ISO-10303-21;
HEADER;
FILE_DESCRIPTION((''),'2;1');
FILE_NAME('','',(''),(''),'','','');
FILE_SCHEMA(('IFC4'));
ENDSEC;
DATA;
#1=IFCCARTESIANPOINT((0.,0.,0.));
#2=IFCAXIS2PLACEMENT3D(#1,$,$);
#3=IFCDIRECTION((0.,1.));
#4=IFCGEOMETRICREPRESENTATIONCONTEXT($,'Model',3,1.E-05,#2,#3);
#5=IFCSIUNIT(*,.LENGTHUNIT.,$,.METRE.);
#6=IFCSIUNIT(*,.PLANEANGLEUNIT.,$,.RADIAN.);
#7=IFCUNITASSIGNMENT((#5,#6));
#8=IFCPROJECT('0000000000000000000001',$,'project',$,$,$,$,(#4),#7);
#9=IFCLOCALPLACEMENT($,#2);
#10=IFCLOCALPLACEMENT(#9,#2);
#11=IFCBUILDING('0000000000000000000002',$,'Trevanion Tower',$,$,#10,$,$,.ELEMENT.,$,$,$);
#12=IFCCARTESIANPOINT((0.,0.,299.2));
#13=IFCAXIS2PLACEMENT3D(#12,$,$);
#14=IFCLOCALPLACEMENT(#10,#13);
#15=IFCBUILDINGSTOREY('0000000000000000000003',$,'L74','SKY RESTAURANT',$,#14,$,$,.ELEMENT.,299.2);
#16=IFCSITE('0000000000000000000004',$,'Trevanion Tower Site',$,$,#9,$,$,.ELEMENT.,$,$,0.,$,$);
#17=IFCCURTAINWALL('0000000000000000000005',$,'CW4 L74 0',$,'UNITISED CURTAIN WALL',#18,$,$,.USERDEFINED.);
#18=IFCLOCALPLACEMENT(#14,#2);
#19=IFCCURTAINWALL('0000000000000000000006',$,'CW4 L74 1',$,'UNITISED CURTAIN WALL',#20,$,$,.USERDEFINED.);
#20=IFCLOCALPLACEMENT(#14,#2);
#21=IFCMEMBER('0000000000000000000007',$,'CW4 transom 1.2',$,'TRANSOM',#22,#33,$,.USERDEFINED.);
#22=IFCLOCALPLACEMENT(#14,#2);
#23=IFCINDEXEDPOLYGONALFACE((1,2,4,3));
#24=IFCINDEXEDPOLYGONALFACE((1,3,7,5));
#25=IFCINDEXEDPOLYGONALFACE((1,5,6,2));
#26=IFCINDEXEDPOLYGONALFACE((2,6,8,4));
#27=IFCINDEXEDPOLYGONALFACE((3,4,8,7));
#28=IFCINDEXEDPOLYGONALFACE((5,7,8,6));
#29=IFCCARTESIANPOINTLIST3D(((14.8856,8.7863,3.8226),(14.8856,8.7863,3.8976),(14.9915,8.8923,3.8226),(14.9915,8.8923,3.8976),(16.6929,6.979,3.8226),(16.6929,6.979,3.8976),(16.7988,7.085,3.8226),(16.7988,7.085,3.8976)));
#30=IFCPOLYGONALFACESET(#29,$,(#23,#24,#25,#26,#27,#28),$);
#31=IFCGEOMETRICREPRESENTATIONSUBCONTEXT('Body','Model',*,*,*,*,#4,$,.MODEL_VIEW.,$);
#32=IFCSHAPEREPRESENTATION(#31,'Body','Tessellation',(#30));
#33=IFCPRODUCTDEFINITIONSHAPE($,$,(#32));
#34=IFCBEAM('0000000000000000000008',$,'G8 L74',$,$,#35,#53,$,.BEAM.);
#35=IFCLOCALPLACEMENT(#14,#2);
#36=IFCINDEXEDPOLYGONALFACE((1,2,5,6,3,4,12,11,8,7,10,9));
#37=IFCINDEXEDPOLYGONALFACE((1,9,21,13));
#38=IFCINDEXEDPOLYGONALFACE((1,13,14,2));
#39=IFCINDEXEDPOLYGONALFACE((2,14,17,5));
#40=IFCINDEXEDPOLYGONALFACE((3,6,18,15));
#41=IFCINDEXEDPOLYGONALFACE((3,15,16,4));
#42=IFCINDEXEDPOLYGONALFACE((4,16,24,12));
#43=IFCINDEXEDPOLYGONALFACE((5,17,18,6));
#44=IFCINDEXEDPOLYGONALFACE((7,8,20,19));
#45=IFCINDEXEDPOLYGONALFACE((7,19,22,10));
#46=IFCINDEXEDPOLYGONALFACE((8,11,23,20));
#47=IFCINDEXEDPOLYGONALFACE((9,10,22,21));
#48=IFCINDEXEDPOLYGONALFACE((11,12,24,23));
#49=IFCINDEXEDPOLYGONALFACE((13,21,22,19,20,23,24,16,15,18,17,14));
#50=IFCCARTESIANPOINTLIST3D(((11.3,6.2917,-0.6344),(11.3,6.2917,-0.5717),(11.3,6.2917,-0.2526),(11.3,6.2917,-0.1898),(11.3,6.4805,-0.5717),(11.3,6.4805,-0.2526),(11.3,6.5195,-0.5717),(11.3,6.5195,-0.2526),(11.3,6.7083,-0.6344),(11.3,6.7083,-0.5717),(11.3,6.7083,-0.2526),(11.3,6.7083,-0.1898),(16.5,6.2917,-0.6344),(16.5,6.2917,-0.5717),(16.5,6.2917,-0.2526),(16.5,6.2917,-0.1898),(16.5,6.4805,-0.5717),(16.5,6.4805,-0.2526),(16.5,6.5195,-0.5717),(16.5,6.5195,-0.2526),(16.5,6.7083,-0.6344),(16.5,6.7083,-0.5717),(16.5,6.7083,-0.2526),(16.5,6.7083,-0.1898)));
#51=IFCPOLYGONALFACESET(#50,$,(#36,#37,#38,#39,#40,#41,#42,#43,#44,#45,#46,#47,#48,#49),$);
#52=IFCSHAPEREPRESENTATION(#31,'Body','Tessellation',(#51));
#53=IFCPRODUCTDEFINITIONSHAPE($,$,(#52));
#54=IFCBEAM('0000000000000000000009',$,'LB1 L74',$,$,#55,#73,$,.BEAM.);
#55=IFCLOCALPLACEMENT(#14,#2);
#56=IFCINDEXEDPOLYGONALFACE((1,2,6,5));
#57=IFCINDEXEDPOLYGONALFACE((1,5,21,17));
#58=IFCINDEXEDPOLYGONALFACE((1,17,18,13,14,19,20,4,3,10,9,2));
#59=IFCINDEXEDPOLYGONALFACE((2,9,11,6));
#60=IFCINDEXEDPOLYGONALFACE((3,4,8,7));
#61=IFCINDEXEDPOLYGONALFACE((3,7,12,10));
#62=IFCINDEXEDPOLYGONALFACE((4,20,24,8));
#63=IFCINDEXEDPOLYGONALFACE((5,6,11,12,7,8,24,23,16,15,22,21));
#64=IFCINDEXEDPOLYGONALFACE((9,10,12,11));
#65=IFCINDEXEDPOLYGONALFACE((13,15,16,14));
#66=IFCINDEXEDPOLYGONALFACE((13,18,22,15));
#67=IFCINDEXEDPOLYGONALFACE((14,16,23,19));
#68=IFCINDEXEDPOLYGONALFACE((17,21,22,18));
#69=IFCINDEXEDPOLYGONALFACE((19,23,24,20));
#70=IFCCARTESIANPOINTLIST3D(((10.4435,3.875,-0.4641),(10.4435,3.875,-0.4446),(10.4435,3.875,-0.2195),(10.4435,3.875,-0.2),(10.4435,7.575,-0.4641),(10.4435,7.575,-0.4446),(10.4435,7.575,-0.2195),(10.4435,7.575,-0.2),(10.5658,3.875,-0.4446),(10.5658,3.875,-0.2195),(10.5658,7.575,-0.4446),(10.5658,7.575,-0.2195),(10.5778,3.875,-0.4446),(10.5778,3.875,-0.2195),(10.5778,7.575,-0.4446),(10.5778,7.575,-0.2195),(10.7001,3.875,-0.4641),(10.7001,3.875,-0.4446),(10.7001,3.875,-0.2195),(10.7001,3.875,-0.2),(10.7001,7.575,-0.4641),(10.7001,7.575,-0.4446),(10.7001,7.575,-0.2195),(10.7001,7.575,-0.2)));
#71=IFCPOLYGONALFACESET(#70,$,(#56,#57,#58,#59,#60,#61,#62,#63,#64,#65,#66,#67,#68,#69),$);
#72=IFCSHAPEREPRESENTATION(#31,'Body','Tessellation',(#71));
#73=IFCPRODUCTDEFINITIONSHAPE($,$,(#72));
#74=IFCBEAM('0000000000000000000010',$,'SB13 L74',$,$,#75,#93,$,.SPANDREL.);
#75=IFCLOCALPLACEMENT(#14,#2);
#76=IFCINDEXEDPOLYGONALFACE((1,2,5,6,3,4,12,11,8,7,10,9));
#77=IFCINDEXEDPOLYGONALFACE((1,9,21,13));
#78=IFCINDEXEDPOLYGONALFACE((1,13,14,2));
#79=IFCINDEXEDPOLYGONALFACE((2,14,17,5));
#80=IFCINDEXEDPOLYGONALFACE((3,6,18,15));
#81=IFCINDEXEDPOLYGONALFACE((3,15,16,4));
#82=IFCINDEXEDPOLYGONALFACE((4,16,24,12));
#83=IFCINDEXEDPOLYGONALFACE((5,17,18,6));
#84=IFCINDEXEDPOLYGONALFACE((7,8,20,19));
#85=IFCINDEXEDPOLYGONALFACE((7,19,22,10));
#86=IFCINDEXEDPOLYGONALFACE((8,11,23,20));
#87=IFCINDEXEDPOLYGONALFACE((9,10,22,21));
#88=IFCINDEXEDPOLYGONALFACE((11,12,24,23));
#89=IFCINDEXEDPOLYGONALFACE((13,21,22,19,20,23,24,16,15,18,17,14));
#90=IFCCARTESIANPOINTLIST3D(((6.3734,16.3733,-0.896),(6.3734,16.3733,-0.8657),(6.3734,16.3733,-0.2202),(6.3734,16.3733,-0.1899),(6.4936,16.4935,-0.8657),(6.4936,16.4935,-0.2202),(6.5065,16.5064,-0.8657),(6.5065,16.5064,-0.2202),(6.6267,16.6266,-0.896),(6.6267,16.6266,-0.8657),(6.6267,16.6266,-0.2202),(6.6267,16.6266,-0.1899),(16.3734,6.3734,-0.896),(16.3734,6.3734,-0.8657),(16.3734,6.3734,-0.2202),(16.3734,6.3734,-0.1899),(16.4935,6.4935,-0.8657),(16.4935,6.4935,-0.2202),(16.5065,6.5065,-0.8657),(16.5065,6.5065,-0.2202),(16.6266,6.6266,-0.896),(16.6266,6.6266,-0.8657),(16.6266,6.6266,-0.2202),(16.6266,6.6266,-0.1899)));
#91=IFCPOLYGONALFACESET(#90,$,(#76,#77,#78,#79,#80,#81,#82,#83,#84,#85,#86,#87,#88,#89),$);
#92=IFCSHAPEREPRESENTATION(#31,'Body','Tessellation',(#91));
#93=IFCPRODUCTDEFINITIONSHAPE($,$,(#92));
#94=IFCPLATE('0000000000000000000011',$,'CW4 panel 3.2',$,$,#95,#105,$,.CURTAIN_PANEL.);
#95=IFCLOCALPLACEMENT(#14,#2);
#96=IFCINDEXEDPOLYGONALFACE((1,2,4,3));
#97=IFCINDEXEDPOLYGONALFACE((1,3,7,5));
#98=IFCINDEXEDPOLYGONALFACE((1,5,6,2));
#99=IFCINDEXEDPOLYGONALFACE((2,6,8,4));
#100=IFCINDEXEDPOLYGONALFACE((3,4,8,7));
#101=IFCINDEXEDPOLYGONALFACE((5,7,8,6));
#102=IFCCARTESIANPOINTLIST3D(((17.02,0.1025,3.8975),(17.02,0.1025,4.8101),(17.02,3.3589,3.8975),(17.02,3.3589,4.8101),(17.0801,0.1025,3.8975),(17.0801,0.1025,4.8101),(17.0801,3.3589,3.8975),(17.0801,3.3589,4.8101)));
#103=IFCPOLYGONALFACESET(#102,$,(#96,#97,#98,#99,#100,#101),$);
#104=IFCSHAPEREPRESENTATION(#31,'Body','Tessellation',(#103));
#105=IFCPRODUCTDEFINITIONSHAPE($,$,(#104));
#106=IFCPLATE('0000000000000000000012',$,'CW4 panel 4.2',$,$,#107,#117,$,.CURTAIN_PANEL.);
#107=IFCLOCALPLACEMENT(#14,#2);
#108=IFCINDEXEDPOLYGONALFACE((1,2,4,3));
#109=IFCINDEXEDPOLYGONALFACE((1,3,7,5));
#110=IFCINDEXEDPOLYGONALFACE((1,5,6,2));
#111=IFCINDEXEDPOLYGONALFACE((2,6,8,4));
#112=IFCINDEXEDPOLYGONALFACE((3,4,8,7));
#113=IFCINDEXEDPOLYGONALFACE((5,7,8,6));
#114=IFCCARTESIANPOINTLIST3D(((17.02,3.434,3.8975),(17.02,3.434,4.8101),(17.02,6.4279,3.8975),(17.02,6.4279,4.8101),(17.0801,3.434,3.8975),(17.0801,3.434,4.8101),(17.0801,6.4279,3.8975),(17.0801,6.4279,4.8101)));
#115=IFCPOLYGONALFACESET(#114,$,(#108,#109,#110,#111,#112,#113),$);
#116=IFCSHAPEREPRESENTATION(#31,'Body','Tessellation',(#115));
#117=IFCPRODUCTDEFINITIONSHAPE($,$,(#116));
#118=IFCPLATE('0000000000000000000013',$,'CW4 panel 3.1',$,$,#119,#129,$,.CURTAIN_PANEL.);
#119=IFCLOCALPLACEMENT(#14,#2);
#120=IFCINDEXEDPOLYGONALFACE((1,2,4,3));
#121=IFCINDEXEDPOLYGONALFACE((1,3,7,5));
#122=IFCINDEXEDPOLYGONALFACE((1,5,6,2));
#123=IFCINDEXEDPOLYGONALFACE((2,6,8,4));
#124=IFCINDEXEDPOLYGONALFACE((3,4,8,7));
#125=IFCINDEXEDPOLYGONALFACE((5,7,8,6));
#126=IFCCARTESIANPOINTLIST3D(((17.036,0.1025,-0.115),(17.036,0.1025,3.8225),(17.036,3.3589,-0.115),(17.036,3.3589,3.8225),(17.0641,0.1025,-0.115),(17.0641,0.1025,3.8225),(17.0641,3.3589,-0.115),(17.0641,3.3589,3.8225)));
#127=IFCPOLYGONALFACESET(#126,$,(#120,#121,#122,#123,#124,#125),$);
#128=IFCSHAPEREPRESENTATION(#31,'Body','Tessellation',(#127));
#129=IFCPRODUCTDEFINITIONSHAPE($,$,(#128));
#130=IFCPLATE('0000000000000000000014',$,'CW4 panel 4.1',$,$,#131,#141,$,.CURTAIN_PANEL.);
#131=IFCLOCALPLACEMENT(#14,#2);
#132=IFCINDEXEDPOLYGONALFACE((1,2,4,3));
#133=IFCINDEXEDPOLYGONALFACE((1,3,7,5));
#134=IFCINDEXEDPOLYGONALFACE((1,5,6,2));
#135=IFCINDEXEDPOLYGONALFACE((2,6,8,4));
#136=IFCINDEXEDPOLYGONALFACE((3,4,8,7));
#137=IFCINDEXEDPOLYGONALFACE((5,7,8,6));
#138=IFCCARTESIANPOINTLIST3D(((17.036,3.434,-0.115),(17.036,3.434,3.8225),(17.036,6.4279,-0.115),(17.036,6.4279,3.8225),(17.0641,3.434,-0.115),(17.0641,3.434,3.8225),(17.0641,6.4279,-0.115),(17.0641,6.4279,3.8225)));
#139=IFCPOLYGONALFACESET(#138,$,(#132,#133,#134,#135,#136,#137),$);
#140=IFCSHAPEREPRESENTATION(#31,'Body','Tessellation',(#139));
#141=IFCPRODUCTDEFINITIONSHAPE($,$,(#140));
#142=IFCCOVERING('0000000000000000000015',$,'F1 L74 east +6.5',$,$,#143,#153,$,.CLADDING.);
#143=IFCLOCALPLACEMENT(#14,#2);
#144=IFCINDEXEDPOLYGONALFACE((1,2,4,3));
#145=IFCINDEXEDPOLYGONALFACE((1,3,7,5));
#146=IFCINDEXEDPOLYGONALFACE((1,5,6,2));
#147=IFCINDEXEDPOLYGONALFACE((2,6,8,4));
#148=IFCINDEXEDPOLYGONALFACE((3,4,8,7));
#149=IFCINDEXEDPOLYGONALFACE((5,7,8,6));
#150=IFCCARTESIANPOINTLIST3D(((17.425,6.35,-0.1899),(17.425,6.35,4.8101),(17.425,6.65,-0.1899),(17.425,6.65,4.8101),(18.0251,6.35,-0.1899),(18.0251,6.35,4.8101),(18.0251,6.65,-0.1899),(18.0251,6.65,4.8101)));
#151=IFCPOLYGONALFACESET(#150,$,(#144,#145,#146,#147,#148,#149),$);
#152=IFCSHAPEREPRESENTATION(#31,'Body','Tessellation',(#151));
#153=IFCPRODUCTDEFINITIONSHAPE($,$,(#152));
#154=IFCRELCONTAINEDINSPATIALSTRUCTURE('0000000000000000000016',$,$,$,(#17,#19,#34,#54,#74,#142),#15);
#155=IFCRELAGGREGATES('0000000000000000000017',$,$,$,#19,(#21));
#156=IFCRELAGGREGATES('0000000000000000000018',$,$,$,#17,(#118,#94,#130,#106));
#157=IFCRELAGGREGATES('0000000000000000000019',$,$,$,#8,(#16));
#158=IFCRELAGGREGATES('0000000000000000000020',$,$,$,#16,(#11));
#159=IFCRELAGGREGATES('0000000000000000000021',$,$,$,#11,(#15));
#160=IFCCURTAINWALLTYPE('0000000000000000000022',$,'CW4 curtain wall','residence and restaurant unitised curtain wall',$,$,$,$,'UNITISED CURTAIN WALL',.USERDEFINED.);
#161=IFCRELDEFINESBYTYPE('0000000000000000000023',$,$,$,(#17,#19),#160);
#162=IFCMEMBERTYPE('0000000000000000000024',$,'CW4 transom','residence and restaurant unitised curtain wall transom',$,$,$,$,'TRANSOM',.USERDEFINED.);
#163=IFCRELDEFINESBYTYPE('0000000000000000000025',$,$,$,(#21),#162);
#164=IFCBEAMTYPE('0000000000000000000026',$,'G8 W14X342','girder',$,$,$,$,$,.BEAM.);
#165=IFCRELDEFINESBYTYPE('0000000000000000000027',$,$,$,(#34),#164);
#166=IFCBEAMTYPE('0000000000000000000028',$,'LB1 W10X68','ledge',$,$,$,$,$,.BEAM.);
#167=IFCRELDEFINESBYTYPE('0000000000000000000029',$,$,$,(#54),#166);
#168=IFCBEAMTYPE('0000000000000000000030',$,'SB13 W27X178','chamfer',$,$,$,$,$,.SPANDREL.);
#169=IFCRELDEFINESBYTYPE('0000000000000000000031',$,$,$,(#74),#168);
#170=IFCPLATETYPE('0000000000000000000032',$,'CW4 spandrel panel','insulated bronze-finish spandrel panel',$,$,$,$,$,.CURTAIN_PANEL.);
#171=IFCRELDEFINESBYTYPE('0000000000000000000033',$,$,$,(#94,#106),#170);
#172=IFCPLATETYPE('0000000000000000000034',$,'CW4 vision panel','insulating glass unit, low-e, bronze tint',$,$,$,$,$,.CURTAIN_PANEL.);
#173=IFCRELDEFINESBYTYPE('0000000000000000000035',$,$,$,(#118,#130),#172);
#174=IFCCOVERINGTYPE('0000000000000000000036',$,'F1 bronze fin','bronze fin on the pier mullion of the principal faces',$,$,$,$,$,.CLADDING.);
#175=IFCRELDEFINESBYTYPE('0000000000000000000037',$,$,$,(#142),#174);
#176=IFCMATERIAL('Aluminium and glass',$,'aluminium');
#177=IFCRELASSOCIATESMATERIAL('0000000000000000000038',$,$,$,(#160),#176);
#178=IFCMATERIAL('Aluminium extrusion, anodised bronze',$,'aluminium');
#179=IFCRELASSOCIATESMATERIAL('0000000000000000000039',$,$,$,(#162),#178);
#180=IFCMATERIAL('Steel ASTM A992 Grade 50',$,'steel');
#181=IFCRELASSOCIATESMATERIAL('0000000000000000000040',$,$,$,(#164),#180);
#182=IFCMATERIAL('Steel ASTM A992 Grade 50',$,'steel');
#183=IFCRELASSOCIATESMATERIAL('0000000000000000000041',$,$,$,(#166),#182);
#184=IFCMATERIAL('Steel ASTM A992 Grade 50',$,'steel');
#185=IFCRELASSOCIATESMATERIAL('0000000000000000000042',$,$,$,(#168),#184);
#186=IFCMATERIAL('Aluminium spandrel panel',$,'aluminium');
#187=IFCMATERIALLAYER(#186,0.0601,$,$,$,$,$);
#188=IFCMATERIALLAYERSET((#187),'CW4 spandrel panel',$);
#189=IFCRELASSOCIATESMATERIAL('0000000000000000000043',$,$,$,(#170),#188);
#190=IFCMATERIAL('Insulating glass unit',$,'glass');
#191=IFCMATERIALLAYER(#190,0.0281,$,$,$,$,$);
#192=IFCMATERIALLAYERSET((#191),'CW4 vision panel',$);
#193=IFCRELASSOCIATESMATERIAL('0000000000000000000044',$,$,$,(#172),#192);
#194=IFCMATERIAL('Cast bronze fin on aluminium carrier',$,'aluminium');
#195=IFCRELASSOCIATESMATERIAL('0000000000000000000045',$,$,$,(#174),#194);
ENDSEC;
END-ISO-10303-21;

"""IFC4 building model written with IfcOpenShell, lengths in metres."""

from ifc_helpers import new_model, si_unit, direction, frame, origin, origin_2d, place, context, subcontext, project, spatial, rectangle, i_section, extrude, material, layer, layer_set, material_profile, profile_set, type_object, element, aggregate, save


model = new_model("IFC4")

# Units and contexts
model_context = context("Model", 3, precision=1e-05, world=origin(), true_north=direction((0.0, 1.0)))
body_context = subcontext(model_context, "Body", "Model", "MODEL_VIEW")
ifc_project = project(units=[si_unit("LENGTHUNIT", "METRE"), si_unit("PLANEANGLEUNIT", "RADIAN")], contexts=[model_context])

# Site, building, storey
site_placement = place(None, origin())
site = spatial("IfcSite", under=ifc_project, at=site_placement, Name="Trevanion Tower Site", CompositionType="ELEMENT", RefElevation=0.0)
building_placement = place(site_placement, origin())
building = spatial("IfcBuilding", under=site, at=building_placement, Name="Trevanion Tower", CompositionType="ELEMENT")
storey_placement = place(building_placement, frame((0.0, 0.0, 299.2)))
storey = spatial("IfcBuildingStorey", under=building, at=storey_placement, Name="L74", Description="SKY RESTAURANT", CompositionType="ELEMENT", Elevation=299.2)

# Curtain wall
ifc_material_1 = material(Name="Aluminium and glass", Category="aluminium")
curtain_wall_type = type_object("IfcCurtainWallType", Name="CW4 curtain wall", Description="residence and restaurant unitised curtain wall", ElementType="UNITISED CURTAIN WALL", PredefinedType="USERDEFINED", material=ifc_material_1)
curtain_wall_1_placement = place(storey_placement, origin())
curtain_wall_1 = element("IfcCurtainWall", 1, at=curtain_wall_1_placement, inside=storey, type_object=curtain_wall_type, Name="CW4 L74 0", ObjectType="UNITISED CURTAIN WALL", PredefinedType="USERDEFINED")

# Curtain wall
curtain_wall_2_placement = place(storey_placement, origin())
curtain_wall_2 = element("IfcCurtainWall", 2, at=curtain_wall_2_placement, inside=storey, type_object=curtain_wall_type, Name="CW4 L74 1", ObjectType="UNITISED CURTAIN WALL", PredefinedType="USERDEFINED")

# Member
ifc_material_2 = material(Name="Aluminium extrusion, anodised bronze", Category="aluminium")
ifc_material_profile_1 = material_profile(ifc_material_2, rectangle(XDim=0.1499, YDim=0.075, at=origin_2d()), Name="CW4 transom")
ifc_profile_set_1 = profile_set([ifc_material_profile_1], Name="Aluminium extrusion, anodised bronze")
member_type_1 = type_object("IfcMemberType", Name="CW4 transom", Description="residence and restaurant unitised curtain wall transom", ElementType="TRANSOM", PredefinedType="USERDEFINED", material=ifc_profile_set_1)
member_1_placement = place(storey_placement, frame((16.7458, 7.032, 3.8601), z_axis=(-0.707107, 0.707107, 0.0), x_axis=(-0.707107, -0.707107, 0.0)))
member_1 = element("IfcMember", 3, at=member_1_placement, type_object=member_type_1, Name="CW4 transom 1.2", ObjectType="TRANSOM", PredefinedType="USERDEFINED", context=body_context, shape_type="SweptSolid", body=[
    extrude(rectangle(XDim=0.1499, YDim=0.075, at=origin_2d()), origin(), (0.0, 0.0, 1.0), 2.5559),
])
aggregate(curtain_wall_2, [member_1])

# Beams
ifc_material_3 = material(Name="Steel ASTM A992 Grade 50", Category="steel")
ifc_material_profile_2 = material_profile(ifc_material_3, i_section(OverallWidth=0.4165, OverallDepth=0.4446, WebThickness=0.0391, FlangeThickness=0.0627, at=origin_2d()), Name="W14X342")
ifc_profile_set_2 = profile_set([ifc_material_profile_2], Name="Steel ASTM A992 Grade 50")
beam_type_1 = type_object("IfcBeamType", Name="G8 W14X342", Description="girder", PredefinedType="BEAM", material=ifc_profile_set_2)
beam_1_placement = place(storey_placement, frame((11.3, 6.5, -0.4121), z_axis=(1.0, 0.0, 0.0), x_axis=(0.0, 1.0, 0.0)))
element("IfcBeam", 4, at=beam_1_placement, inside=storey, type_object=beam_type_1, Name="G8 L74", PredefinedType="BEAM", context=body_context, shape_type="SweptSolid", body=[
    extrude(i_section(OverallWidth=0.4165, OverallDepth=0.4446, WebThickness=0.0391, FlangeThickness=0.0627, at=origin_2d()), origin(), (0.0, 0.0, 1.0), 5.2),
])
ifc_material_4 = material(Name="Steel ASTM A992 Grade 50", Category="steel")
ifc_material_profile_3 = material_profile(ifc_material_4, i_section(OverallWidth=0.2566, OverallDepth=0.2642, WebThickness=0.012, FlangeThickness=0.0195, at=origin_2d()), Name="W10X68")
ifc_profile_set_3 = profile_set([ifc_material_profile_3], Name="Steel ASTM A992 Grade 50")
beam_type_2 = type_object("IfcBeamType", Name="LB1 W10X68", Description="ledge", PredefinedType="BEAM", material=ifc_profile_set_3)
beam_2_placement = place(storey_placement, frame((10.5718, 3.875, -0.332), z_axis=(0.0, 1.0, 0.0), x_axis=(-1.0, 0.0, 0.0)))
element("IfcBeam", 5, at=beam_2_placement, inside=storey, type_object=beam_type_2, Name="LB1 L74", PredefinedType="BEAM", context=body_context, shape_type="SweptSolid", body=[
    extrude(i_section(OverallWidth=0.2566, OverallDepth=0.2642, WebThickness=0.012, FlangeThickness=0.0195, at=origin_2d()), origin(), (0.0, 0.0, 1.0), 3.7),
])
ifc_material_5 = material(Name="Steel ASTM A992 Grade 50", Category="steel")
ifc_material_profile_4 = material_profile(ifc_material_5, i_section(OverallWidth=0.3582, OverallDepth=0.7061, WebThickness=0.0183, FlangeThickness=0.0303, at=origin_2d()), Name="W27X178")
ifc_profile_set_4 = profile_set([ifc_material_profile_4], Name="Steel ASTM A992 Grade 50")
beam_type_3 = type_object("IfcBeamType", Name="SB13 W27X178", Description="chamfer", PredefinedType="SPANDREL", material=ifc_profile_set_4)
beam_3_placement = place(storey_placement, frame((16.5, 6.5, -0.543), z_axis=(-0.707107, 0.707107, 0.0), x_axis=(-0.707107, -0.707107, 0.0)))
element("IfcBeam", 6, at=beam_3_placement, inside=storey, type_object=beam_type_3, Name="SB13 L74", PredefinedType="SPANDREL", context=body_context, shape_type="SweptSolid", body=[
    extrude(i_section(OverallWidth=0.3582, OverallDepth=0.7061, WebThickness=0.0183, FlangeThickness=0.0303, at=origin_2d()), origin(), (0.0, 0.0, 1.0), 14.1421),
])

# Plates
ifc_material_6 = material(Name="Aluminium spandrel panel", Category="aluminium")
ifc_layer_1 = layer(ifc_material_6, 0.0601)
ifc_layer_set_1 = layer_set([ifc_layer_1], Name="CW4 spandrel panel")
plate_type_1 = type_object("IfcPlateType", Name="CW4 spandrel panel", Description="insulated bronze-finish spandrel panel", PredefinedType="CURTAIN_PANEL", material=ifc_layer_set_1)
plate_1_placement = place(storey_placement, frame((17.05, 1.7307, 3.8975), z_axis=(0.0, 0.0, 1.0), x_axis=(0.0, 1.0, 0.0)))
plate_1 = element("IfcPlate", 7, at=plate_1_placement, type_object=plate_type_1, Name="CW4 panel 3.2", PredefinedType="CURTAIN_PANEL", context=body_context, shape_type="SweptSolid", body=[
    extrude(rectangle(XDim=3.2563, YDim=0.0601, at=origin_2d()), origin(), (0.0, 0.0, 1.0), 0.9126),
])
plate_2_placement = place(storey_placement, frame((17.05, 4.9309, 3.8975), z_axis=(0.0, 0.0, 1.0), x_axis=(0.0, 1.0, 0.0)))
plate_2 = element("IfcPlate", 8, at=plate_2_placement, type_object=plate_type_1, Name="CW4 panel 4.2", PredefinedType="CURTAIN_PANEL", context=body_context, shape_type="SweptSolid", body=[
    extrude(rectangle(XDim=2.9939, YDim=0.0601, at=origin_2d()), origin(), (0.0, 0.0, 1.0), 0.9126),
])
ifc_material_7 = material(Name="Insulating glass unit", Category="glass")
ifc_layer_2 = layer(ifc_material_7, 0.0281)
ifc_layer_set_2 = layer_set([ifc_layer_2], Name="CW4 vision panel")
plate_type_2 = type_object("IfcPlateType", Name="CW4 vision panel", Description="insulating glass unit, low-e, bronze tint", PredefinedType="CURTAIN_PANEL", material=ifc_layer_set_2)
plate_3_placement = place(storey_placement, frame((17.05, 1.7307, -0.115), z_axis=(0.0, 0.0, 1.0), x_axis=(0.0, 1.0, 0.0)))
plate_3 = element("IfcPlate", 9, at=plate_3_placement, type_object=plate_type_2, Name="CW4 panel 3.1", PredefinedType="CURTAIN_PANEL", context=body_context, shape_type="SweptSolid", body=[
    extrude(rectangle(XDim=3.2563, YDim=0.0281, at=origin_2d()), origin(), (0.0, 0.0, 1.0), 3.9375),
])
plate_4_placement = place(storey_placement, frame((17.05, 4.9309, -0.115), z_axis=(0.0, 0.0, 1.0), x_axis=(0.0, 1.0, 0.0)))
plate_4 = element("IfcPlate", 10, at=plate_4_placement, type_object=plate_type_2, Name="CW4 panel 4.1", PredefinedType="CURTAIN_PANEL", context=body_context, shape_type="SweptSolid", body=[
    extrude(rectangle(XDim=2.9939, YDim=0.0281, at=origin_2d()), origin(), (0.0, 0.0, 1.0), 3.9375),
])
aggregate(curtain_wall_1, [plate_3, plate_1, plate_4, plate_2])

# Covering
ifc_material_8 = material(Name="Cast bronze fin on aluminium carrier", Category="aluminium")
covering_type = type_object("IfcCoveringType", Name="F1 bronze fin", Description="bronze fin on the pier mullion of the principal faces", PredefinedType="CLADDING", material=ifc_material_8)
covering_placement = place(storey_placement, frame((17.7251, 6.5, -0.1899), z_axis=(0.0, 0.0, 1.0), x_axis=(0.0, 1.0, 0.0)))
element("IfcCovering", 11, at=covering_placement, inside=storey, type_object=covering_type, Name="F1 L74 east +6.5", PredefinedType="CLADDING", context=body_context, shape_type="SweptSolid", body=[
    extrude(rectangle(XDim=0.3, YDim=0.6001, at=origin_2d()), origin(), (0.0, 0.0, 1.0), 5.0),
])

save(model, "model.ifc")
